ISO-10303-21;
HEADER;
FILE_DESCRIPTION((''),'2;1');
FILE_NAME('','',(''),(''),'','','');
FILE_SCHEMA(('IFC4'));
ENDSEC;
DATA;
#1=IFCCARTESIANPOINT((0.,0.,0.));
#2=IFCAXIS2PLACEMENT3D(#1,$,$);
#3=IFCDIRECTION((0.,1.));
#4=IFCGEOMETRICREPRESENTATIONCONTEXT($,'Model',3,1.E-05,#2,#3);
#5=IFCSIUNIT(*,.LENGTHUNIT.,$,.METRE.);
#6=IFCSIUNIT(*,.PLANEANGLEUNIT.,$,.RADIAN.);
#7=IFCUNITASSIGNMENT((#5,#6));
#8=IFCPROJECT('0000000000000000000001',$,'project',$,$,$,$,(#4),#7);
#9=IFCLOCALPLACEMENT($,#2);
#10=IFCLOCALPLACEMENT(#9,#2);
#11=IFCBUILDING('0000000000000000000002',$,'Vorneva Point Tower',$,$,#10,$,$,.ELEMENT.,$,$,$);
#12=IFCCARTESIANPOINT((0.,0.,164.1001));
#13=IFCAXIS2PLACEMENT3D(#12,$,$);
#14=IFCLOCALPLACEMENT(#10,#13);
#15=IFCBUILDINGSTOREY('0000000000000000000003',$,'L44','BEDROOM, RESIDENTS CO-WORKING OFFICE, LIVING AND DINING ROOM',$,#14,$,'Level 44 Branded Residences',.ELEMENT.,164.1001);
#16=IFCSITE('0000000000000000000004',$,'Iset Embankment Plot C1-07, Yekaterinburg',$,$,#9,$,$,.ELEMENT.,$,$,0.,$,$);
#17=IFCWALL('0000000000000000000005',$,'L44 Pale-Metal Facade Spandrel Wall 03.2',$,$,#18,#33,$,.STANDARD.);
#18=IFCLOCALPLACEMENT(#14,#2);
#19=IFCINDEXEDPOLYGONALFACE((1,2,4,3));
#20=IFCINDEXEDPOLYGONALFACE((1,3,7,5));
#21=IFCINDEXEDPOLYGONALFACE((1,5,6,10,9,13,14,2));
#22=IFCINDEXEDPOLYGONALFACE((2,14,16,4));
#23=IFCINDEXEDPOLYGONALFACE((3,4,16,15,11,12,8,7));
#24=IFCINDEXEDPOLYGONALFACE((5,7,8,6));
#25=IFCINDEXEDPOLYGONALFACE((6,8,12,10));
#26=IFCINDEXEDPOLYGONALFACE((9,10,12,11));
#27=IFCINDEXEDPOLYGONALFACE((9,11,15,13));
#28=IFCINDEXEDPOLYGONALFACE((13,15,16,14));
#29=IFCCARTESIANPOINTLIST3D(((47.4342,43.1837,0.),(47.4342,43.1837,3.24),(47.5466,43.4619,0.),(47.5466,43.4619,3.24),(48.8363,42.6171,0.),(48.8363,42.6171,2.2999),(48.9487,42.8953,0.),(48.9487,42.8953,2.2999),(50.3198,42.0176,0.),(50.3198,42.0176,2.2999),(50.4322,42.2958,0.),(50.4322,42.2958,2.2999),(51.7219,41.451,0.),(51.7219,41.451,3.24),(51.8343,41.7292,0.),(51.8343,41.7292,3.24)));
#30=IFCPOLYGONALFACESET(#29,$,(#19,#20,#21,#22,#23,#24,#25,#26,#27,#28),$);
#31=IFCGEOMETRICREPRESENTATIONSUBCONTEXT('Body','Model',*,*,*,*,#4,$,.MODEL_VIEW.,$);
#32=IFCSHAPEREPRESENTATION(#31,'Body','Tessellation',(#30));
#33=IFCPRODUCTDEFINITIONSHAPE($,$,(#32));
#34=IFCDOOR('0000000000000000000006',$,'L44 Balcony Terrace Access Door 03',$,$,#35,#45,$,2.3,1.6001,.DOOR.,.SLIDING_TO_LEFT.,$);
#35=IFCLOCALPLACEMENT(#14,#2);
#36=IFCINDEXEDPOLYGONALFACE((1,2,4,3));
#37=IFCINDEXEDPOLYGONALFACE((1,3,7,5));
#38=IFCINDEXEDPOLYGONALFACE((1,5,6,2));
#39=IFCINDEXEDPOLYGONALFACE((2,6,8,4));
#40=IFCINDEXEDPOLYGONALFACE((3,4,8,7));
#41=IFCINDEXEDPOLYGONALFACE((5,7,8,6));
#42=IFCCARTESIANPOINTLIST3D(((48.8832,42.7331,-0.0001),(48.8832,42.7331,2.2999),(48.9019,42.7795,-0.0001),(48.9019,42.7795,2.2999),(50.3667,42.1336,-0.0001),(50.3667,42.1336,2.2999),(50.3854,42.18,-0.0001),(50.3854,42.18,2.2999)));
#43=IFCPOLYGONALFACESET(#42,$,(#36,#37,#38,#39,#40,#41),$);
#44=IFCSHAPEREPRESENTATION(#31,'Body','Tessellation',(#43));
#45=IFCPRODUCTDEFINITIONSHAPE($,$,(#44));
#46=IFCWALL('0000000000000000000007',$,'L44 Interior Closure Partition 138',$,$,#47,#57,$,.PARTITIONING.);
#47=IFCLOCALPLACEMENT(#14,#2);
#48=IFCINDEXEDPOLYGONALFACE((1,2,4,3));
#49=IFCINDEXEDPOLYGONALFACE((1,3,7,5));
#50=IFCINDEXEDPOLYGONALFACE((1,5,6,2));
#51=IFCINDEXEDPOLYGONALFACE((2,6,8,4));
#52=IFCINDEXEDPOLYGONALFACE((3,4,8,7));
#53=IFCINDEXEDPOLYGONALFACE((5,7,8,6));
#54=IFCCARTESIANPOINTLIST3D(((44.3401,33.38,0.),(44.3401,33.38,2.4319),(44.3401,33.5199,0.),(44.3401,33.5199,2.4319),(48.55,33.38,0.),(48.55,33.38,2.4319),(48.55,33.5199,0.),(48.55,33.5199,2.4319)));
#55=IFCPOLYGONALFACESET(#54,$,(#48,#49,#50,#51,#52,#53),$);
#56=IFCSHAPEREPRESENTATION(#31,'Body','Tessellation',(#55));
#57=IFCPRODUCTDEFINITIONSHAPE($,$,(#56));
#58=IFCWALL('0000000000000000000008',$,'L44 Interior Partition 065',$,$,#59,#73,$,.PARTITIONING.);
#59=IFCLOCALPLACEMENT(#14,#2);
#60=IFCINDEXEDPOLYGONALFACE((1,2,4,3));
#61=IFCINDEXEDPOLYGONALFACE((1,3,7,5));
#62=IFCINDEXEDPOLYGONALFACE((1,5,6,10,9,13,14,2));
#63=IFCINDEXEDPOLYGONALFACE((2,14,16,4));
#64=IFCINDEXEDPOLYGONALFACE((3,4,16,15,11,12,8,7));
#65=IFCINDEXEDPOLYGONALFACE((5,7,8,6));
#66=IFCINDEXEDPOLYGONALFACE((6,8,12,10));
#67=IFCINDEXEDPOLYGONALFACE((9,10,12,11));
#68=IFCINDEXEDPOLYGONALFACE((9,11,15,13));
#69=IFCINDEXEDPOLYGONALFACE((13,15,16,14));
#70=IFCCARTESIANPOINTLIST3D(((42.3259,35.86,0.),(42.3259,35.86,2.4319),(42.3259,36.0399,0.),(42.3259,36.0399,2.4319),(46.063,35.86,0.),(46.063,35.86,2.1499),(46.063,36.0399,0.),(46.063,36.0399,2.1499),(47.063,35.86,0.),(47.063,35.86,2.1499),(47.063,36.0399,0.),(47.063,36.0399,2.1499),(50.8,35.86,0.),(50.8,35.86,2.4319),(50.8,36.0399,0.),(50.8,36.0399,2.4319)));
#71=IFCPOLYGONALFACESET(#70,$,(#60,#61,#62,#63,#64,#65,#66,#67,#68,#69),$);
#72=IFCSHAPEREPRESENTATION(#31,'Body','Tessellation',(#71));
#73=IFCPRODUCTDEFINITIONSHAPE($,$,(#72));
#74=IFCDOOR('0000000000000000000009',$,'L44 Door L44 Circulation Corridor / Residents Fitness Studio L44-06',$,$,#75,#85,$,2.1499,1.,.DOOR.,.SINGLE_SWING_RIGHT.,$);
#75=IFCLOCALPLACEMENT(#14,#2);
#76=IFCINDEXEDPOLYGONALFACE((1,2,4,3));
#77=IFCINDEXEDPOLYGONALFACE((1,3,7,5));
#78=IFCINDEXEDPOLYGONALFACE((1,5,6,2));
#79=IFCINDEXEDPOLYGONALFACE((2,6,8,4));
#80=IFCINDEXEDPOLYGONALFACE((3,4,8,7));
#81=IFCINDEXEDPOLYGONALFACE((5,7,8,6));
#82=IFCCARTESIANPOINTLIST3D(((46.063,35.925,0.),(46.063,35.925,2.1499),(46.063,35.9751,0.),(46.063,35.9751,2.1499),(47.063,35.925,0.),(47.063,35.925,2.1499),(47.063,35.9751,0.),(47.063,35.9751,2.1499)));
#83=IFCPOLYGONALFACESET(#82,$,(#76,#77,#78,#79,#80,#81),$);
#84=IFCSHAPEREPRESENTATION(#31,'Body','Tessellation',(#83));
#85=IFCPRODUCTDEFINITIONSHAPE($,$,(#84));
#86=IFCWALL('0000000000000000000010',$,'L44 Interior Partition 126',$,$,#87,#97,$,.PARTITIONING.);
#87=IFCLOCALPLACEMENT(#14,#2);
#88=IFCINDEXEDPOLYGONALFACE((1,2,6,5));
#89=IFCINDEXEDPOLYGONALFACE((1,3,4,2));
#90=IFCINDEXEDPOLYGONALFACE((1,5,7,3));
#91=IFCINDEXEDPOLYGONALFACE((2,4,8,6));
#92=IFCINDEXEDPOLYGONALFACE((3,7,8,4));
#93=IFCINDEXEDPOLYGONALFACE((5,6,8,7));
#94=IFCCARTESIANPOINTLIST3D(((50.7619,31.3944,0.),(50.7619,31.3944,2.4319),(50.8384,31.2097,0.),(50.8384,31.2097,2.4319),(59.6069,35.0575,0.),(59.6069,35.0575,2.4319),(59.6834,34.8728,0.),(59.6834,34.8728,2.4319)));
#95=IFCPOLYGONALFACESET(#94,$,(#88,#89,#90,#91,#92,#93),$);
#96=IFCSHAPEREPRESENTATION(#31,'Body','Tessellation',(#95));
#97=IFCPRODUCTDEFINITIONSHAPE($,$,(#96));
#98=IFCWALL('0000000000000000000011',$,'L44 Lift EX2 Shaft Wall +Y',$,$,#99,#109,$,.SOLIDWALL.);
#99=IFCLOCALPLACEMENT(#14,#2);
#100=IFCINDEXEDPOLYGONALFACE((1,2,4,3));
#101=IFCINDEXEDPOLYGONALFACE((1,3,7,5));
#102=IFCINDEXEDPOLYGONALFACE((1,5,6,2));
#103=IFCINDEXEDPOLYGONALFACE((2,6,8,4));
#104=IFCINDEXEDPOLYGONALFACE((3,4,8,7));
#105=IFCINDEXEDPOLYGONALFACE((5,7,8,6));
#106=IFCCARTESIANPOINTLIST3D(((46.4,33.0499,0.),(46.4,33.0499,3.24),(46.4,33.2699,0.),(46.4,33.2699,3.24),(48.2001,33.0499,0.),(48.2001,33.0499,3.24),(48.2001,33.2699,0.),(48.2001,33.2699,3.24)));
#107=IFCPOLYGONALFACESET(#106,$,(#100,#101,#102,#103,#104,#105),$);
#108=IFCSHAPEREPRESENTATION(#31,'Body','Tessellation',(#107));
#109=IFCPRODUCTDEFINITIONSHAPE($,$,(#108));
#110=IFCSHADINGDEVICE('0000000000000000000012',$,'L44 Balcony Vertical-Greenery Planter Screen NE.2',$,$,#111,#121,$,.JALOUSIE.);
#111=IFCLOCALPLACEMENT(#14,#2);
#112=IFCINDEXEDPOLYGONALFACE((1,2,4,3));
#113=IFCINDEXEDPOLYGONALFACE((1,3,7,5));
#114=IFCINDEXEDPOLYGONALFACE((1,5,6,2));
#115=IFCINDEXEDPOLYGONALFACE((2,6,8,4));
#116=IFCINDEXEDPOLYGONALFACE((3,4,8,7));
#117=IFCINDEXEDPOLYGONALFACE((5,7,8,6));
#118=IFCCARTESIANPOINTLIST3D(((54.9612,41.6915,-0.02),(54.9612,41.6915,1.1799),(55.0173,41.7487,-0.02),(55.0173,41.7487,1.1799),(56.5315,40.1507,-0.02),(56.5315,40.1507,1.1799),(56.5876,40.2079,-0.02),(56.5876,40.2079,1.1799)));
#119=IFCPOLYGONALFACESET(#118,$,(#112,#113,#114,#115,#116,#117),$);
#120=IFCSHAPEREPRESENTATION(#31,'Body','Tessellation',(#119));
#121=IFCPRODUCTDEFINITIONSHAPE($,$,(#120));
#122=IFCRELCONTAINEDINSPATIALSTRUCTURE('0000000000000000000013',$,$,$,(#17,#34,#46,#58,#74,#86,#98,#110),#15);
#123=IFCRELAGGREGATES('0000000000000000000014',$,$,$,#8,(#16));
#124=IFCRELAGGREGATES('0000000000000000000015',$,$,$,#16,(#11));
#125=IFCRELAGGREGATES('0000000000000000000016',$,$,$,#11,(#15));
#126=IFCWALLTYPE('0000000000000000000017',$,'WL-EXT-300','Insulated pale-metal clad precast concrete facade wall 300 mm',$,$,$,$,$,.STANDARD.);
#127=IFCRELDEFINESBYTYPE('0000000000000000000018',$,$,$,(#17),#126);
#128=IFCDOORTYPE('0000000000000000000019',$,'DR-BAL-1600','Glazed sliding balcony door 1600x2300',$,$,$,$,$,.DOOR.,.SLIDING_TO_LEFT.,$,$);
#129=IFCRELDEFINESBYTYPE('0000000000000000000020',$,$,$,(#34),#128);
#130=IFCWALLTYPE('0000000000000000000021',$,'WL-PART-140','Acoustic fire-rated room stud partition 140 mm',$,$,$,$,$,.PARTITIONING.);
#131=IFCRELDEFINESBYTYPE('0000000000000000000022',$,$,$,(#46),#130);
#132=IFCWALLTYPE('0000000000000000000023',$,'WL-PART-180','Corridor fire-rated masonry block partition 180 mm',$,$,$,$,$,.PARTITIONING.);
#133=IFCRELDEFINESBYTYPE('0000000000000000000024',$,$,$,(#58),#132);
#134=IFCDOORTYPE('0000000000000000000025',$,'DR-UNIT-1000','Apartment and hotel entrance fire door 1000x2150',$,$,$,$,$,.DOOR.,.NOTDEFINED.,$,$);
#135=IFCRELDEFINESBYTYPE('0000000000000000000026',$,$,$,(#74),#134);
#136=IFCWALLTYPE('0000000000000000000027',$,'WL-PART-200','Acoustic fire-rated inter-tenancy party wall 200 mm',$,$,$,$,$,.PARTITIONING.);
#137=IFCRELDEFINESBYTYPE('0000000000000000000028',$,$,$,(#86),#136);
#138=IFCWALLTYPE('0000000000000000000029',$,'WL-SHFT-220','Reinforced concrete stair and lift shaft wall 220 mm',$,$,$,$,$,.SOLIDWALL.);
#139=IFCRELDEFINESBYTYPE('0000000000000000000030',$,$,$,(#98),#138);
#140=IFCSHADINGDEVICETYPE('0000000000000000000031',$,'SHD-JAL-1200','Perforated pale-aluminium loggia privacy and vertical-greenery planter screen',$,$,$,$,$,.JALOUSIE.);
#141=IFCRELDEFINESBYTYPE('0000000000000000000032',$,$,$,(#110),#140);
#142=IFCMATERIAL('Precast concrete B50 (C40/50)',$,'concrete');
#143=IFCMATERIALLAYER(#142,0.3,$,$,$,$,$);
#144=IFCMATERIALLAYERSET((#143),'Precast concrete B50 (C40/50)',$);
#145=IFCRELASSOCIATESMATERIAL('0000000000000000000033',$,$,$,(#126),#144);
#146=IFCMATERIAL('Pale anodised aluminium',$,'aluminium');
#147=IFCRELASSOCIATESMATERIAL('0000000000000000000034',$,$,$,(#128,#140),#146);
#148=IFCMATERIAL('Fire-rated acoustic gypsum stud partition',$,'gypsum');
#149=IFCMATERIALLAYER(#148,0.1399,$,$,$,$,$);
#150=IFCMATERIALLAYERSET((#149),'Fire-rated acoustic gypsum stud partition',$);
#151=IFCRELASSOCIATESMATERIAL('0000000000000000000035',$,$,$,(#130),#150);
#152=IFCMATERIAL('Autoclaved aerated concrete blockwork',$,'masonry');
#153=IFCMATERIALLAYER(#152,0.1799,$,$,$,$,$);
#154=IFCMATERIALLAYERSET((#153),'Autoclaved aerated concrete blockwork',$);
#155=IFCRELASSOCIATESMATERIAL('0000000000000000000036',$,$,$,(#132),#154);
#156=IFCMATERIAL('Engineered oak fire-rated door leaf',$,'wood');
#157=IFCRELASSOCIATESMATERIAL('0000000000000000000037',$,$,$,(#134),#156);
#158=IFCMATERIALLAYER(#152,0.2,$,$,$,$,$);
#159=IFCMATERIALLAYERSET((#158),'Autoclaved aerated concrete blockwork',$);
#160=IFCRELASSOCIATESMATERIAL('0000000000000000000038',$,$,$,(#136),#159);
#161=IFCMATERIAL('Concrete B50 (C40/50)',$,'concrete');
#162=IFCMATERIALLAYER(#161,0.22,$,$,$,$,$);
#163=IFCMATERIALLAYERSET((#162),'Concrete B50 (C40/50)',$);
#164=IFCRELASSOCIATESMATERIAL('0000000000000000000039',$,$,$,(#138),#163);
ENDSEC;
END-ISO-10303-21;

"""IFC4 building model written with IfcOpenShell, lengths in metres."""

from ifc_helpers import new_model, si_unit, direction, frame, frame_2d, origin, origin_2d, place, context, subcontext, project, spatial, rectangle, extrude, material, layer, layer_set, type_object, element, fill, save


model = new_model("IFC4")

# Units and contexts
model_context = context("Model", 3, precision=1e-05, world=origin(), true_north=direction((0.0, 1.0)))
body_context = subcontext(model_context, "Body", "Model", "MODEL_VIEW")
ifc_project = project(units=[si_unit("LENGTHUNIT", "METRE"), si_unit("PLANEANGLEUNIT", "RADIAN")], contexts=[model_context])

# Site, building, storey
site_placement = place(None, origin())
site = spatial("IfcSite", under=ifc_project, at=site_placement, Name="Iset Embankment Plot C1-07, Yekaterinburg", CompositionType="ELEMENT", RefElevation=0.0)
building_placement = place(site_placement, origin())
building = spatial("IfcBuilding", under=site, at=building_placement, Name="Vorneva Point Tower", CompositionType="ELEMENT")
storey_placement = place(building_placement, frame((0.0, 0.0, 164.1001)))
storey = spatial("IfcBuildingStorey", under=building, at=storey_placement, Name="L44", Description="BEDROOM, RESIDENTS CO-WORKING OFFICE, LIVING AND DINING ROOM", LongName="Level 44 Branded Residences", CompositionType="ELEMENT", Elevation=164.1001)

# Shared definitions
ifc_material_1 = material(Name="Pale anodised aluminium", Category="aluminium")

# Shared definitions
ifc_material_2 = material(Name="Precast concrete B50 (C40/50)", Category="concrete")
ifc_layer_1 = layer(ifc_material_2, 0.3)
ifc_layer_set_1 = layer_set([ifc_layer_1], Name="Precast concrete B50 (C40/50)")
wall_type_1 = type_object("IfcWallType", Name="WL-EXT-300", Description="Insulated pale-metal clad precast concrete facade wall 300 mm", PredefinedType="STANDARD", material=ifc_layer_set_1)

# Wall, opening, door
wall_1_placement = place(storey_placement, frame((51.7781, 41.5901, 0.0), z_axis=(0.0, 0.0, 1.0), x_axis=(-0.927157, 0.374674, 0.0)))
wall_1 = element("IfcWall", 1, at=wall_1_placement, inside=storey, type_object=wall_type_1, Name="L44 Pale-Metal Facade Spandrel Wall 03.2", PredefinedType="STANDARD", context=body_context, shape_type="SweptSolid", body=[
    extrude(rectangle(XDim=4.6245, YDim=0.3, at=frame_2d((2.3123, 0.0))), origin(), (0.0, 0.0, 1.0), 3.24),
])
opening_1_placement = place(wall_1_placement, frame((1.5122, 0.0, 0.0)))
opening_1 = element("IfcOpeningElement", 2, at=opening_1_placement, cuts=wall_1, PredefinedType="OPENING", context=body_context, shape_type="SweptSolid", body=[
    extrude(rectangle(XDim=1.6001, YDim=2.3, at=frame_2d((0.8, 1.1499))), frame((0.0, 0.165, 0.0), z_axis=(0.0, -1.0, 0.0), x_axis=(1.0, 0.0, 0.0)), (0.0, 0.0, 1.0), 0.3298),
])
door_type_1 = type_object("IfcDoorType", Name="DR-BAL-1600", Description="Glazed sliding balcony door 1600x2300", OperationType="SLIDING_TO_LEFT", PredefinedType="DOOR", material=ifc_material_1)
door_1_placement = place(opening_1_placement, origin())
door_1 = element("IfcDoor", 3, at=door_1_placement, inside=storey, type_object=door_type_1, Name="L44 Balcony Terrace Access Door 03", OperationType="SLIDING_TO_LEFT", OverallHeight=2.3, OverallWidth=1.6001, PredefinedType="DOOR", context=body_context, shape_type="SweptSolid", body=[
    extrude(rectangle(XDim=1.6001, YDim=2.3, at=frame_2d((0.8, 1.1499))), frame((0.0, 0.0249, 0.0), z_axis=(0.0, -1.0, 0.0), x_axis=(1.0, 0.0, 0.0)), (0.0, 0.0, 1.0), 0.05),
])
fill(opening_1, door_1)

# Wall
ifc_material_3 = material(Name="Fire-rated acoustic gypsum stud partition", Category="gypsum")
ifc_layer_2 = layer(ifc_material_3, 0.1399)
ifc_layer_set_2 = layer_set([ifc_layer_2], Name="Fire-rated acoustic gypsum stud partition")
wall_type_2 = type_object("IfcWallType", Name="WL-PART-140", Description="Acoustic fire-rated room stud partition 140 mm", PredefinedType="PARTITIONING", material=ifc_layer_set_2)
wall_2_placement = place(storey_placement, frame((48.55, 33.45, 0.0), z_axis=(0.0, 0.0, 1.0), x_axis=(-1.0, 0.0, 0.0)))
element("IfcWall", 4, at=wall_2_placement, inside=storey, type_object=wall_type_2, Name="L44 Interior Closure Partition 138", PredefinedType="PARTITIONING", context=body_context, shape_type="SweptSolid", body=[
    extrude(rectangle(XDim=4.21, YDim=0.1399, at=frame_2d((2.105, 0.0))), origin(), (0.0, 0.0, 1.0), 2.4319),
])

# Wall, opening, door
ifc_material_4 = material(Name="Autoclaved aerated concrete blockwork", Category="masonry")
ifc_layer_3 = layer(ifc_material_4, 0.1799)
ifc_layer_set_3 = layer_set([ifc_layer_3], Name="Autoclaved aerated concrete blockwork")
wall_type_3 = type_object("IfcWallType", Name="WL-PART-180", Description="Corridor fire-rated masonry block partition 180 mm", PredefinedType="PARTITIONING", material=ifc_layer_set_3)
wall_3_placement = place(storey_placement, frame((50.8, 35.95, 0.0), z_axis=(0.0, 0.0, 1.0), x_axis=(-1.0, 0.0, 0.0)))
wall_3 = element("IfcWall", 5, at=wall_3_placement, inside=storey, type_object=wall_type_3, Name="L44 Interior Partition 065", PredefinedType="PARTITIONING", context=body_context, shape_type="SweptSolid", body=[
    extrude(rectangle(XDim=8.4741, YDim=0.1799, at=frame_2d((4.2371, 0.0))), origin(), (0.0, 0.0, 1.0), 2.4319),
])
opening_2_placement = place(wall_3_placement, frame((3.7371, 0.0, 0.0)))
opening_2 = element("IfcOpeningElement", 6, at=opening_2_placement, cuts=wall_3, PredefinedType="OPENING", context=body_context, shape_type="SweptSolid", body=[
    extrude(rectangle(XDim=1.0, YDim=2.1499, at=frame_2d((0.5, 1.075))), frame((0.0, 0.105, 0.0), z_axis=(0.0, -1.0, 0.0), x_axis=(1.0, 0.0, 0.0)), (0.0, 0.0, 1.0), 0.2097),
])
ifc_material_5 = material(Name="Engineered oak fire-rated door leaf", Category="wood")
door_type_2 = type_object("IfcDoorType", Name="DR-UNIT-1000", Description="Apartment and hotel entrance fire door 1000x2150", OperationType="NOTDEFINED", PredefinedType="DOOR", material=ifc_material_5)
door_2_placement = place(opening_2_placement, origin())
door_2 = element("IfcDoor", 7, at=door_2_placement, inside=storey, type_object=door_type_2, Name="L44 Door L44 Circulation Corridor / Residents Fitness Studio L44-06", OperationType="SINGLE_SWING_RIGHT", OverallHeight=2.1499, OverallWidth=1.0, PredefinedType="DOOR", context=body_context, shape_type="SweptSolid", body=[
    extrude(rectangle(XDim=1.0, YDim=2.1499, at=frame_2d((0.5, 1.075))), frame((0.0, 0.0249, 0.0), z_axis=(0.0, -1.0, 0.0), x_axis=(1.0, 0.0, 0.0)), (0.0, 0.0, 1.0), 0.05),
])
fill(opening_2, door_2)

# Walls
ifc_layer_4 = layer(ifc_material_4, 0.2)
ifc_layer_set_4 = layer_set([ifc_layer_4], Name="Autoclaved aerated concrete blockwork")
wall_type_4 = type_object("IfcWallType", Name="WL-PART-200", Description="Acoustic fire-rated inter-tenancy party wall 200 mm", PredefinedType="PARTITIONING", material=ifc_layer_set_4)
wall_4_placement = place(storey_placement, frame((59.645, 34.9651, 0.0), z_axis=(0.0, 0.0, 1.0), x_axis=(-0.923902, -0.382628, 0.0)))
element("IfcWall", 8, at=wall_4_placement, inside=storey, type_object=wall_type_4, Name="L44 Interior Partition 126", PredefinedType="PARTITIONING", context=body_context, shape_type="SweptSolid", body=[
    extrude(rectangle(XDim=9.5735, YDim=0.2, at=frame_2d((4.7866, 0.0))), origin(), (0.0, 0.0, 1.0), 2.4319),
])
ifc_material_6 = material(Name="Concrete B50 (C40/50)", Category="concrete")
ifc_layer_5 = layer(ifc_material_6, 0.22)
ifc_layer_set_5 = layer_set([ifc_layer_5], Name="Concrete B50 (C40/50)")
wall_type_5 = type_object("IfcWallType", Name="WL-SHFT-220", Description="Reinforced concrete stair and lift shaft wall 220 mm", PredefinedType="SOLIDWALL", material=ifc_layer_set_5)
wall_5_placement = place(storey_placement, frame((48.2, 33.1599, 0.0), z_axis=(0.0, 0.0, 1.0), x_axis=(-1.0, 0.0, 0.0)))
element("IfcWall", 9, at=wall_5_placement, inside=storey, type_object=wall_type_5, Name="L44 Lift EX2 Shaft Wall +Y", PredefinedType="SOLIDWALL", context=body_context, shape_type="SweptSolid", body=[
    extrude(rectangle(XDim=1.8, YDim=0.22, at=frame_2d((0.8999, 0.0))), origin(), (0.0, 0.0, 1.0), 3.24),
])

# Shading device
shading_device_type = type_object("IfcShadingDeviceType", Name="SHD-JAL-1200", Description="Perforated pale-aluminium loggia privacy and vertical-greenery planter screen", PredefinedType="JALOUSIE", material=ifc_material_1)
shading_device_placement = place(storey_placement, frame((55.7744, 40.9497, -0.02), z_axis=(0.0, 0.0, 1.0), x_axis=(-0.713788, 0.700361, 0.0)))
element("IfcShadingDevice", 10, at=shading_device_placement, inside=storey, type_object=shading_device_type, Name="L44 Balcony Vertical-Greenery Planter Screen NE.2", PredefinedType="JALOUSIE", context=body_context, shape_type="SweptSolid", body=[
    extrude(rectangle(XDim=2.2, YDim=0.0801, at=origin_2d()), origin(), (0.0, 0.0, 1.0), 1.2),
])

save(model, "model.ifc")
